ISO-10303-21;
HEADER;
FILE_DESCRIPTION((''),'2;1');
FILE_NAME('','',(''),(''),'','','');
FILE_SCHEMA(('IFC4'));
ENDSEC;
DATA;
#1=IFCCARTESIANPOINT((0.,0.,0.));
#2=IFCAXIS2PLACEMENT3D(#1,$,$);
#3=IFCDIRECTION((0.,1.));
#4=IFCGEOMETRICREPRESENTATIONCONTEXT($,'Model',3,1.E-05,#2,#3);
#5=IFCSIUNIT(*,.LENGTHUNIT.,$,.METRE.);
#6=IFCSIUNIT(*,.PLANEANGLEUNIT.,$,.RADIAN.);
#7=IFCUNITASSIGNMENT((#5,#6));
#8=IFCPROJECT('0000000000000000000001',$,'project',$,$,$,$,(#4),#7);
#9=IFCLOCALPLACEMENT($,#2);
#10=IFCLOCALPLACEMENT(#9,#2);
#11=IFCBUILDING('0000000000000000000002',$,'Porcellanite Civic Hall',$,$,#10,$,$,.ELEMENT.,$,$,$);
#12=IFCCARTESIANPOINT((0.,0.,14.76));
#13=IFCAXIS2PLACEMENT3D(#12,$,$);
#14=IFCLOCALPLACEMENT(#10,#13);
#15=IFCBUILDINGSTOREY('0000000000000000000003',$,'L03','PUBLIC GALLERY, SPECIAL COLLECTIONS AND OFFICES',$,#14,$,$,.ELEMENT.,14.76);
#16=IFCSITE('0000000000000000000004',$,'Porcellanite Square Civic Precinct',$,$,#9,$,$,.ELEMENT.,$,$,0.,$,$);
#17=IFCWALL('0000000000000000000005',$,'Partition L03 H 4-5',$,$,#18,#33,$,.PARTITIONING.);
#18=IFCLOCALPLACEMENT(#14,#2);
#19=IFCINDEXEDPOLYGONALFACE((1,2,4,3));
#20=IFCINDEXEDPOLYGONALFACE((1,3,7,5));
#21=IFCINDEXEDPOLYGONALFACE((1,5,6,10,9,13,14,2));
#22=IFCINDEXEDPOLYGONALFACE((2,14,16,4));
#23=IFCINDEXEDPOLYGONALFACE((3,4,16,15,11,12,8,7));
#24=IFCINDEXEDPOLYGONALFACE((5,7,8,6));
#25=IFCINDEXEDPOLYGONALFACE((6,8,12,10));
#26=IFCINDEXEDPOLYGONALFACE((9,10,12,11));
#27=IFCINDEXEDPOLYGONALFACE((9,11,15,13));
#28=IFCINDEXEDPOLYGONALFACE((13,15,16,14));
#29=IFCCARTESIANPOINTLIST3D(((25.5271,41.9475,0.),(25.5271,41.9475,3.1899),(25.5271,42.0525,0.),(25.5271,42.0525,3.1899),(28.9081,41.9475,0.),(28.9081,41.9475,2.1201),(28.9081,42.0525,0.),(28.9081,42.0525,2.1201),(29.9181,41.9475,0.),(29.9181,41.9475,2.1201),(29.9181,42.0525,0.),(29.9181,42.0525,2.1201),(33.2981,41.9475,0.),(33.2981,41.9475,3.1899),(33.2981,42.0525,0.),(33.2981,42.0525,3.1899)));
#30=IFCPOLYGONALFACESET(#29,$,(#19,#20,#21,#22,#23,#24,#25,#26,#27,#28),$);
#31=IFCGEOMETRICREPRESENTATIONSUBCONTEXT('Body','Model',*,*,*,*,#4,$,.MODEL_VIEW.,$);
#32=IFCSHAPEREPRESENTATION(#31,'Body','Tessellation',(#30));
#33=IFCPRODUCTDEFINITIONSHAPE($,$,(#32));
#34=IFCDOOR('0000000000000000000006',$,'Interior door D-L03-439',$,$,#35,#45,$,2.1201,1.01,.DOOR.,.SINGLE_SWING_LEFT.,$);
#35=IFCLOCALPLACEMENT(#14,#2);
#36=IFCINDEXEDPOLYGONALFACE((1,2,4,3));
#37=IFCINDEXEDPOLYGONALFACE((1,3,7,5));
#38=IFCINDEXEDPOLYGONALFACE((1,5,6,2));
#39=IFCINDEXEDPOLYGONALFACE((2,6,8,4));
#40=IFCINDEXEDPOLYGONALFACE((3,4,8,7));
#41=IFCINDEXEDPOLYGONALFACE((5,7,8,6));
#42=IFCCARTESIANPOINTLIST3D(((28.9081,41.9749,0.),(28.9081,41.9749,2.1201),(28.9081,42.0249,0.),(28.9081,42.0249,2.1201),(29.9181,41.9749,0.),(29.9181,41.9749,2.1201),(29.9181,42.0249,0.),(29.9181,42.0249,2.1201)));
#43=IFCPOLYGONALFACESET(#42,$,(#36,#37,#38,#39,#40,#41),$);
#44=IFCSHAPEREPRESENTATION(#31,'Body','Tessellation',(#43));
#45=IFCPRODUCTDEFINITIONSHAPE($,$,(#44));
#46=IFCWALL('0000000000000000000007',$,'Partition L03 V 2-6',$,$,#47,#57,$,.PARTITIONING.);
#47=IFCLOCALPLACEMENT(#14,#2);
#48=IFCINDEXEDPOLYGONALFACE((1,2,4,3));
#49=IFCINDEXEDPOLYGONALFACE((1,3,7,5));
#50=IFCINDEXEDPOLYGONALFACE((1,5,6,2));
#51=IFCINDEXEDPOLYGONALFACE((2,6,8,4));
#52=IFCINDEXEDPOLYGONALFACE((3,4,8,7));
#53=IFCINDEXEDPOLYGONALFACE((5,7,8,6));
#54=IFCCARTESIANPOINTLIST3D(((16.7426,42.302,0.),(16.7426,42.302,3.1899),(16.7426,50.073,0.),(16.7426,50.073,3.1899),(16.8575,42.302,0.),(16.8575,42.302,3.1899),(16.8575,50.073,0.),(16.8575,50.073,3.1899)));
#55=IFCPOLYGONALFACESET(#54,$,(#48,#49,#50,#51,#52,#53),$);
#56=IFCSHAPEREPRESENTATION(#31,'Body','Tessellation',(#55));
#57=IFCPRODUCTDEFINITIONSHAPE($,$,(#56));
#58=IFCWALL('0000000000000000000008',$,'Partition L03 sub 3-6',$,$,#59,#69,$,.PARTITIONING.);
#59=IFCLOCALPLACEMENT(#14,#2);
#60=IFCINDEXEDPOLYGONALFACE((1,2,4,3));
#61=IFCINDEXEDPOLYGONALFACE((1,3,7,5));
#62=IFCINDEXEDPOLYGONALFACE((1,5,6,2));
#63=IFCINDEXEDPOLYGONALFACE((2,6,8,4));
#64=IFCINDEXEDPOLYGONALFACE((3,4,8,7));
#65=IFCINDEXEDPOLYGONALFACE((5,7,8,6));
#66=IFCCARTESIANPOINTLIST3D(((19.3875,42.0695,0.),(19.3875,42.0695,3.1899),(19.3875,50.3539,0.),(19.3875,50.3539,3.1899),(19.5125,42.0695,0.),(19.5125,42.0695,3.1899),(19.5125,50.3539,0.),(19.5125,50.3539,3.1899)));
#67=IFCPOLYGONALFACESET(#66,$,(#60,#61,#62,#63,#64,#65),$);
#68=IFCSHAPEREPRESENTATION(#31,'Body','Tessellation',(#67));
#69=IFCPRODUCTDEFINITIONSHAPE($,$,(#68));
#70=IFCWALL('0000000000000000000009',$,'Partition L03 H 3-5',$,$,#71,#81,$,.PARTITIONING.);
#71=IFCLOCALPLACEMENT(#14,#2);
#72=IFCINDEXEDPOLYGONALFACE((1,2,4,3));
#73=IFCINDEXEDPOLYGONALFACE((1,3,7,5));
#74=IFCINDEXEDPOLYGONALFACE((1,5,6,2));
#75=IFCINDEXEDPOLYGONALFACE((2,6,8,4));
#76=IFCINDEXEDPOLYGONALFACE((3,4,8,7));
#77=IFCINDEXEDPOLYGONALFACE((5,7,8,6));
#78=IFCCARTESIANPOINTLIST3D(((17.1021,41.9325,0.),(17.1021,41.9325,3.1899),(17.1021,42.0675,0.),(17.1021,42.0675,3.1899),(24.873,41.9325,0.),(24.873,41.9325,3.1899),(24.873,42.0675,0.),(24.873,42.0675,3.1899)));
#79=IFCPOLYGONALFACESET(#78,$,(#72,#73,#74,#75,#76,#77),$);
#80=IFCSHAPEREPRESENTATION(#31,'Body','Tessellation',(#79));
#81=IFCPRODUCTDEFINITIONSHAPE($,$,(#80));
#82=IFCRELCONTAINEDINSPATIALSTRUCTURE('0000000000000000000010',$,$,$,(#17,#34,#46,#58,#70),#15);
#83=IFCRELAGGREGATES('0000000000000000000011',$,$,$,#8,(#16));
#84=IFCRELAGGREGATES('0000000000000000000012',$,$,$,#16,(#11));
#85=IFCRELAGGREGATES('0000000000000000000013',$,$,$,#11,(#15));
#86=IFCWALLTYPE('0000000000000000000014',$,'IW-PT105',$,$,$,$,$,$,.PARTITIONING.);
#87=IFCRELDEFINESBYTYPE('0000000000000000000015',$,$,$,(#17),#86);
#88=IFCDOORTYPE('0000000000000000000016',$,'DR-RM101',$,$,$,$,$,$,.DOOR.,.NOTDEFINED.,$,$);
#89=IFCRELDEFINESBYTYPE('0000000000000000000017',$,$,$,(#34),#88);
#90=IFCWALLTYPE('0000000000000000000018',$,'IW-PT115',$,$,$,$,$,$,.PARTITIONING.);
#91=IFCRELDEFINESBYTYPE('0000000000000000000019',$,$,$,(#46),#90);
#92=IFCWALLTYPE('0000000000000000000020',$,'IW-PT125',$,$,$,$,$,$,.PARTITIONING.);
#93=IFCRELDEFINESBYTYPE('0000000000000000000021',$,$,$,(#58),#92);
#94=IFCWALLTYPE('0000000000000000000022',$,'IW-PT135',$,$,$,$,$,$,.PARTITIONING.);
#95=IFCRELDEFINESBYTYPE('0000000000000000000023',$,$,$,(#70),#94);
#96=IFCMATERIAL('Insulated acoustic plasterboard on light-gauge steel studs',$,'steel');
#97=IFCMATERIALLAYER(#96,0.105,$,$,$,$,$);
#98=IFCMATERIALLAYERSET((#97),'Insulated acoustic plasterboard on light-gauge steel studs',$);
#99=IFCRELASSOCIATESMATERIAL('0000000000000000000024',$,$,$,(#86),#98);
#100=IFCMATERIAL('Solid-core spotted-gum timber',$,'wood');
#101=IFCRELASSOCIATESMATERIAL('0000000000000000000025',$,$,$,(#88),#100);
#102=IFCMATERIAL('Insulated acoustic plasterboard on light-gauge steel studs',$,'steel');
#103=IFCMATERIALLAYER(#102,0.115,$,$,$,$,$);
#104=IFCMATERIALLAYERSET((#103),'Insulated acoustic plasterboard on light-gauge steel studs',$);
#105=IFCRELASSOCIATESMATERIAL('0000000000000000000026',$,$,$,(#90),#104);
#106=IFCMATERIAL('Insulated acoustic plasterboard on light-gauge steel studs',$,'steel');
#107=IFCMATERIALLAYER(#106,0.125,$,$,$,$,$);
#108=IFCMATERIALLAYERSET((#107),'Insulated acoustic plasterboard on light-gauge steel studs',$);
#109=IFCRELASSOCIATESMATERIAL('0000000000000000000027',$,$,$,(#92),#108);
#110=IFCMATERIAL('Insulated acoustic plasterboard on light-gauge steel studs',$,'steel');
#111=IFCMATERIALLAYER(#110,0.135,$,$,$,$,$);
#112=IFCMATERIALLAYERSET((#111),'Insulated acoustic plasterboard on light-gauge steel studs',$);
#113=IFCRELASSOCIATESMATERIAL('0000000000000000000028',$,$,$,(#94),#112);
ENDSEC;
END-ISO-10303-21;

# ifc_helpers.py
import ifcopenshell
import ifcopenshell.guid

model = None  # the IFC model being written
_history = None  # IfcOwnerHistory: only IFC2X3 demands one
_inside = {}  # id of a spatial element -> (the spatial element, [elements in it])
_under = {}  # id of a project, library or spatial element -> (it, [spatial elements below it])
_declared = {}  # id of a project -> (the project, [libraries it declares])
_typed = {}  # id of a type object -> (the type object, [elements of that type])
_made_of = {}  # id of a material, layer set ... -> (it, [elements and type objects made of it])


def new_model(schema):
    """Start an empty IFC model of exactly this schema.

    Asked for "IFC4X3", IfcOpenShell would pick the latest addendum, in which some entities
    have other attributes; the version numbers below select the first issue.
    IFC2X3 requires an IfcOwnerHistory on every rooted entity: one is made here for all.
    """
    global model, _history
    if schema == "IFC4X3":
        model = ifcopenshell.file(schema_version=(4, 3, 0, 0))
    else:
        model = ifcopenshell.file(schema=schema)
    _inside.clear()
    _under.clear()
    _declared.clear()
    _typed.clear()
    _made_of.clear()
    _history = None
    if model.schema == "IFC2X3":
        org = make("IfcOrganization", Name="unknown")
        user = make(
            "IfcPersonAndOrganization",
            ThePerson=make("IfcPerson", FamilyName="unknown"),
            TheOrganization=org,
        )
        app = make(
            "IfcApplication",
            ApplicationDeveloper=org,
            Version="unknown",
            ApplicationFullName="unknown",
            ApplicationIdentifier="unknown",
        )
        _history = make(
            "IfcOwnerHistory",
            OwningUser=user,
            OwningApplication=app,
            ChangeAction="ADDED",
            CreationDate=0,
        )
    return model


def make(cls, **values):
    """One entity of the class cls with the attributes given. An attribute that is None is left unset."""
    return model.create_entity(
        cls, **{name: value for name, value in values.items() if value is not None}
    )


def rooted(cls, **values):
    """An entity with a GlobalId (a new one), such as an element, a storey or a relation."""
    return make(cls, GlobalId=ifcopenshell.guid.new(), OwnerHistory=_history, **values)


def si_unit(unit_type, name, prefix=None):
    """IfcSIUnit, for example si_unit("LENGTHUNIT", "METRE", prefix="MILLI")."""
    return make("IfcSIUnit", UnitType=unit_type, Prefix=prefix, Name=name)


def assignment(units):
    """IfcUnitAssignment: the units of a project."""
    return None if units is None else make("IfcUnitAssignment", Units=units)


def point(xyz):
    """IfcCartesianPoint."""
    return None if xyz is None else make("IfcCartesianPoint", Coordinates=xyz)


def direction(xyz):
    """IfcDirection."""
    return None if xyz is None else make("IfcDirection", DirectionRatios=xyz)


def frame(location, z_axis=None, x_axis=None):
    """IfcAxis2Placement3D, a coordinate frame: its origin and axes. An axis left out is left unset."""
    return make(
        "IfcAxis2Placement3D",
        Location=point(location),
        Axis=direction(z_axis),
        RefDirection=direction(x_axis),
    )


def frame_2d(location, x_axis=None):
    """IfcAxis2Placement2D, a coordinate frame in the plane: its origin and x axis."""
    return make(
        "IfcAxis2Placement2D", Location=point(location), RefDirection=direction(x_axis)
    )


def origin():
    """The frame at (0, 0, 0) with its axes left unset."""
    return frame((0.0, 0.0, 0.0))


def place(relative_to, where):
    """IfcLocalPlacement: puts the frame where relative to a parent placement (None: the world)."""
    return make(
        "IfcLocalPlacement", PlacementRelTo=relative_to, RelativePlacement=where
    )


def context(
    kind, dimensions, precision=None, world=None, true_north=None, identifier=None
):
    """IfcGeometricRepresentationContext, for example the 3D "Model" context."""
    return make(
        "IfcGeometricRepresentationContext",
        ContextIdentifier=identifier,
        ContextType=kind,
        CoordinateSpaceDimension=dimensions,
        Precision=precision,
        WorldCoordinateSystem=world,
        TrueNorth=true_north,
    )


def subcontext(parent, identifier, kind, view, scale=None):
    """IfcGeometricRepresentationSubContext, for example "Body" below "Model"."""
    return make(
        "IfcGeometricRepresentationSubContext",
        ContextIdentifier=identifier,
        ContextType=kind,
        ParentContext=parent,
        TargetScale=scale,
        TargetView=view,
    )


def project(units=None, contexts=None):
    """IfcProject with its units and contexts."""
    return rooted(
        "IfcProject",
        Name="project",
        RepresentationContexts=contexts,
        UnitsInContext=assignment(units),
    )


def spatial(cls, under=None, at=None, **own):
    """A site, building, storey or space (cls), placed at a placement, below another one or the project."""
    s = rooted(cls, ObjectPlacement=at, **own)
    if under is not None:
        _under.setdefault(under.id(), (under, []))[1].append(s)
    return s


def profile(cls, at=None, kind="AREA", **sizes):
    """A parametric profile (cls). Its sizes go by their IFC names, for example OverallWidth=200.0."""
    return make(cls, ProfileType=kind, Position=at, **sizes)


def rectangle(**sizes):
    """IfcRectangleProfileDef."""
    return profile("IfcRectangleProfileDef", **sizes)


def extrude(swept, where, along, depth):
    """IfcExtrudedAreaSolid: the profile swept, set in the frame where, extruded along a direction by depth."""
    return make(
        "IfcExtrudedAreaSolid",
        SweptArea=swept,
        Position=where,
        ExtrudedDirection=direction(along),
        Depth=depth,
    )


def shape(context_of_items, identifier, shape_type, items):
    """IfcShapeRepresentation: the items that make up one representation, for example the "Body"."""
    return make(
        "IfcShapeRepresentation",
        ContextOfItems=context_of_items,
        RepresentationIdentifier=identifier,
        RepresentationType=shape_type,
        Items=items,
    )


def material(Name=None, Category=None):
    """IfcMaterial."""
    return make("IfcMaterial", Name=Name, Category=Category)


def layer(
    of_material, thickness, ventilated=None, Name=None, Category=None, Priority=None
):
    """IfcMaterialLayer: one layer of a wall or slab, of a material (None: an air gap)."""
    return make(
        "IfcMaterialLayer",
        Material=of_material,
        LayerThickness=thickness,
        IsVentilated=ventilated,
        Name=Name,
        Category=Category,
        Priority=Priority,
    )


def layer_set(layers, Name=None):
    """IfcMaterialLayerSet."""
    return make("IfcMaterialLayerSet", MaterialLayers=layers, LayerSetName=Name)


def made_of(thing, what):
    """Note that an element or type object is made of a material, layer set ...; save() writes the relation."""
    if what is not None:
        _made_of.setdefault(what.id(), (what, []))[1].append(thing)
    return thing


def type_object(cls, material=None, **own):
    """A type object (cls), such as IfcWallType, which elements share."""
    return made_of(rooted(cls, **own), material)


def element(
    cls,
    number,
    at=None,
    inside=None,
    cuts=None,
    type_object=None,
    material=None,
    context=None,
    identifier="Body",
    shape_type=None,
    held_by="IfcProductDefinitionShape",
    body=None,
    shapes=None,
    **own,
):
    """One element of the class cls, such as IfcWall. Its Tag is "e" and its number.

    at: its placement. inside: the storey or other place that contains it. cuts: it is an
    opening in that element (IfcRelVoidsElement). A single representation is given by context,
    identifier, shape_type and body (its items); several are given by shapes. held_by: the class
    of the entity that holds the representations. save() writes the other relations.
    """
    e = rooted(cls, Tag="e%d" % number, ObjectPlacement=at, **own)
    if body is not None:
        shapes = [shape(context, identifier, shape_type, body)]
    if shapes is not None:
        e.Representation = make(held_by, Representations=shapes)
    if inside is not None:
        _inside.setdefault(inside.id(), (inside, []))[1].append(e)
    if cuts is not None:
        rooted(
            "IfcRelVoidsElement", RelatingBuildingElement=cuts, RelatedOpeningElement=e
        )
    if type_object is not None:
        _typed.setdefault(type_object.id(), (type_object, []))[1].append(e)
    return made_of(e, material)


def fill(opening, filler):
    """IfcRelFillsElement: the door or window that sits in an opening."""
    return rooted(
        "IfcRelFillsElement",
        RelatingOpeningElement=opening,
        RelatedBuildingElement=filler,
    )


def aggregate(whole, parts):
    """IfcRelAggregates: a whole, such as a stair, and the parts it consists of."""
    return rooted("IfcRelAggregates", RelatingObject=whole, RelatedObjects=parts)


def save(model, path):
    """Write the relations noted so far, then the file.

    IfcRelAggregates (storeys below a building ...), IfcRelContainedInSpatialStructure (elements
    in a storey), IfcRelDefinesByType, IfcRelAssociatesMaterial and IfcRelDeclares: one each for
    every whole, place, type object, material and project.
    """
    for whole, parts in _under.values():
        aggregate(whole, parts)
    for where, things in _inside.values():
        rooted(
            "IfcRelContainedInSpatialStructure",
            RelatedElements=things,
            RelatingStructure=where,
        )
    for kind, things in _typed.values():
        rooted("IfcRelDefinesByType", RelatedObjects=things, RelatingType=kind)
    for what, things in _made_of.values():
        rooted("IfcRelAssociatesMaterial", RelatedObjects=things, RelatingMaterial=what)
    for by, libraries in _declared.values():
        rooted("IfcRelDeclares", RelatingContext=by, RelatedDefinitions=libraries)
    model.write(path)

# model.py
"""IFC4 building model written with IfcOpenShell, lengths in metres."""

from ifc_helpers import new_model, si_unit, direction, frame, frame_2d, origin, place, context, subcontext, project, spatial, rectangle, extrude, material, layer, layer_set, type_object, element, fill, save


model = new_model("IFC4")

# Units and contexts
model_context = context("Model", 3, precision=1e-05, world=origin(), true_north=direction((0.0, 1.0)))
body_context = subcontext(model_context, "Body", "Model", "MODEL_VIEW")
ifc_project = project(units=[si_unit("LENGTHUNIT", "METRE"), si_unit("PLANEANGLEUNIT", "RADIAN")], contexts=[model_context])

# Site, building, storey
site_placement = place(None, origin())
site = spatial("IfcSite", under=ifc_project, at=site_placement, Name="Porcellanite Square Civic Precinct", CompositionType="ELEMENT", RefElevation=0.0)
building_placement = place(site_placement, origin())
building = spatial("IfcBuilding", under=site, at=building_placement, Name="Porcellanite Civic Hall", CompositionType="ELEMENT")
storey_placement = place(building_placement, frame((0.0, 0.0, 14.76)))
storey = spatial("IfcBuildingStorey", under=building, at=storey_placement, Name="L03", Description="PUBLIC GALLERY, SPECIAL COLLECTIONS AND OFFICES", CompositionType="ELEMENT", Elevation=14.76)

# Wall, opening, door
ifc_material_1 = material(Name="Insulated acoustic plasterboard on light-gauge steel studs", Category="steel")
ifc_layer_1 = layer(ifc_material_1, 0.105)
ifc_layer_set_1 = layer_set([ifc_layer_1], Name="Insulated acoustic plasterboard on light-gauge steel studs")
wall_type_1 = type_object("IfcWallType", Name="IW-PT105", PredefinedType="PARTITIONING", material=ifc_layer_set_1)
wall_1_placement = place(storey_placement, frame((25.5271, 42.0, 0.0), z_axis=(0.0, 0.0, 1.0), x_axis=(1.0, 0.0, 0.0)))
wall_1 = element("IfcWall", 1, at=wall_1_placement, inside=storey, type_object=wall_type_1, Name="Partition L03 H 4-5", PredefinedType="PARTITIONING", context=body_context, shape_type="SweptSolid", body=[
    extrude(rectangle(XDim=7.771, YDim=0.105, at=frame_2d((3.8855, 0.0))), origin(), (0.0, 0.0, 1.0), 3.1899),
])
opening_1_placement = place(wall_1_placement, frame((3.3811, 0.0, 0.0)))
opening_1 = element("IfcOpeningElement", 2, at=opening_1_placement, cuts=wall_1, PredefinedType="OPENING", context=body_context, shape_type="SweptSolid", body=[
    extrude(rectangle(XDim=1.01, YDim=2.1201, at=frame_2d((0.5049, 1.0601))), frame((0.0, 0.0525, 0.0), z_axis=(0.0, -1.0, 0.0), x_axis=(1.0, 0.0, 0.0)), (0.0, 0.0, 1.0), 0.105),
])
ifc_material_2 = material(Name="Solid-core spotted-gum timber", Category="wood")
door_type_1 = type_object("IfcDoorType", Name="DR-RM101", OperationType="NOTDEFINED", PredefinedType="DOOR", material=ifc_material_2)
door_1_placement = place(opening_1_placement, origin())
door_1 = element("IfcDoor", 3, at=door_1_placement, inside=storey, type_object=door_type_1, Name="Interior door D-L03-439", OperationType="SINGLE_SWING_LEFT", OverallHeight=2.1201, OverallWidth=1.01, PredefinedType="DOOR", context=body_context, shape_type="SweptSolid", body=[
    extrude(rectangle(XDim=1.01, YDim=2.1201, at=frame_2d((0.5049, 1.0601))), frame((0.0, 0.0249, 0.0), z_axis=(0.0, -1.0, 0.0), x_axis=(1.0, 0.0, 0.0)), (0.0, 0.0, 1.0), 0.05),
])
fill(opening_1, door_1)

# Walls
ifc_material_3 = material(Name="Insulated acoustic plasterboard on light-gauge steel studs", Category="steel")
ifc_layer_2 = layer(ifc_material_3, 0.115)
ifc_layer_set_2 = layer_set([ifc_layer_2], Name="Insulated acoustic plasterboard on light-gauge steel studs")
wall_type_2 = type_object("IfcWallType", Name="IW-PT115", PredefinedType="PARTITIONING", material=ifc_layer_set_2)
wall_2_placement = place(storey_placement, frame((16.8, 42.302, 0.0), z_axis=(0.0, 0.0, 1.0), x_axis=(0.0, 1.0, 0.0)))
element("IfcWall", 4, at=wall_2_placement, inside=storey, type_object=wall_type_2, Name="Partition L03 V 2-6", PredefinedType="PARTITIONING", context=body_context, shape_type="SweptSolid", body=[
    extrude(rectangle(XDim=7.771, YDim=0.115, at=frame_2d((3.8855, 0.0))), origin(), (0.0, 0.0, 1.0), 3.1899),
])
ifc_material_4 = material(Name="Insulated acoustic plasterboard on light-gauge steel studs", Category="steel")
ifc_layer_3 = layer(ifc_material_4, 0.125)
ifc_layer_set_3 = layer_set([ifc_layer_3], Name="Insulated acoustic plasterboard on light-gauge steel studs")
wall_type_3 = type_object("IfcWallType", Name="IW-PT125", PredefinedType="PARTITIONING", material=ifc_layer_set_3)
wall_3_placement = place(storey_placement, frame((19.45, 42.0696, 0.0), z_axis=(0.0, 0.0, 1.0), x_axis=(0.0, 1.0, 0.0)))
element("IfcWall", 5, at=wall_3_placement, inside=storey, type_object=wall_type_3, Name="Partition L03 sub 3-6", PredefinedType="PARTITIONING", context=body_context, shape_type="SweptSolid", body=[
    extrude(rectangle(XDim=8.2844, YDim=0.125, at=frame_2d((4.1421, 0.0))), origin(), (0.0, 0.0, 1.0), 3.1899),
])
ifc_material_5 = material(Name="Insulated acoustic plasterboard on light-gauge steel studs", Category="steel")
ifc_layer_4 = layer(ifc_material_5, 0.135)
ifc_layer_set_4 = layer_set([ifc_layer_4], Name="Insulated acoustic plasterboard on light-gauge steel studs")
wall_type_4 = type_object("IfcWallType", Name="IW-PT135", PredefinedType="PARTITIONING", material=ifc_layer_set_4)
wall_4_placement = place(storey_placement, frame((17.1021, 42.0, 0.0), z_axis=(0.0, 0.0, 1.0), x_axis=(1.0, 0.0, 0.0)))
element("IfcWall", 6, at=wall_4_placement, inside=storey, type_object=wall_type_4, Name="Partition L03 H 3-5", PredefinedType="PARTITIONING", context=body_context, shape_type="SweptSolid", body=[
    extrude(rectangle(XDim=7.771, YDim=0.135, at=frame_2d((3.8855, 0.0))), origin(), (0.0, 0.0, 1.0), 3.1899),
])

save(model, "model.ifc")
